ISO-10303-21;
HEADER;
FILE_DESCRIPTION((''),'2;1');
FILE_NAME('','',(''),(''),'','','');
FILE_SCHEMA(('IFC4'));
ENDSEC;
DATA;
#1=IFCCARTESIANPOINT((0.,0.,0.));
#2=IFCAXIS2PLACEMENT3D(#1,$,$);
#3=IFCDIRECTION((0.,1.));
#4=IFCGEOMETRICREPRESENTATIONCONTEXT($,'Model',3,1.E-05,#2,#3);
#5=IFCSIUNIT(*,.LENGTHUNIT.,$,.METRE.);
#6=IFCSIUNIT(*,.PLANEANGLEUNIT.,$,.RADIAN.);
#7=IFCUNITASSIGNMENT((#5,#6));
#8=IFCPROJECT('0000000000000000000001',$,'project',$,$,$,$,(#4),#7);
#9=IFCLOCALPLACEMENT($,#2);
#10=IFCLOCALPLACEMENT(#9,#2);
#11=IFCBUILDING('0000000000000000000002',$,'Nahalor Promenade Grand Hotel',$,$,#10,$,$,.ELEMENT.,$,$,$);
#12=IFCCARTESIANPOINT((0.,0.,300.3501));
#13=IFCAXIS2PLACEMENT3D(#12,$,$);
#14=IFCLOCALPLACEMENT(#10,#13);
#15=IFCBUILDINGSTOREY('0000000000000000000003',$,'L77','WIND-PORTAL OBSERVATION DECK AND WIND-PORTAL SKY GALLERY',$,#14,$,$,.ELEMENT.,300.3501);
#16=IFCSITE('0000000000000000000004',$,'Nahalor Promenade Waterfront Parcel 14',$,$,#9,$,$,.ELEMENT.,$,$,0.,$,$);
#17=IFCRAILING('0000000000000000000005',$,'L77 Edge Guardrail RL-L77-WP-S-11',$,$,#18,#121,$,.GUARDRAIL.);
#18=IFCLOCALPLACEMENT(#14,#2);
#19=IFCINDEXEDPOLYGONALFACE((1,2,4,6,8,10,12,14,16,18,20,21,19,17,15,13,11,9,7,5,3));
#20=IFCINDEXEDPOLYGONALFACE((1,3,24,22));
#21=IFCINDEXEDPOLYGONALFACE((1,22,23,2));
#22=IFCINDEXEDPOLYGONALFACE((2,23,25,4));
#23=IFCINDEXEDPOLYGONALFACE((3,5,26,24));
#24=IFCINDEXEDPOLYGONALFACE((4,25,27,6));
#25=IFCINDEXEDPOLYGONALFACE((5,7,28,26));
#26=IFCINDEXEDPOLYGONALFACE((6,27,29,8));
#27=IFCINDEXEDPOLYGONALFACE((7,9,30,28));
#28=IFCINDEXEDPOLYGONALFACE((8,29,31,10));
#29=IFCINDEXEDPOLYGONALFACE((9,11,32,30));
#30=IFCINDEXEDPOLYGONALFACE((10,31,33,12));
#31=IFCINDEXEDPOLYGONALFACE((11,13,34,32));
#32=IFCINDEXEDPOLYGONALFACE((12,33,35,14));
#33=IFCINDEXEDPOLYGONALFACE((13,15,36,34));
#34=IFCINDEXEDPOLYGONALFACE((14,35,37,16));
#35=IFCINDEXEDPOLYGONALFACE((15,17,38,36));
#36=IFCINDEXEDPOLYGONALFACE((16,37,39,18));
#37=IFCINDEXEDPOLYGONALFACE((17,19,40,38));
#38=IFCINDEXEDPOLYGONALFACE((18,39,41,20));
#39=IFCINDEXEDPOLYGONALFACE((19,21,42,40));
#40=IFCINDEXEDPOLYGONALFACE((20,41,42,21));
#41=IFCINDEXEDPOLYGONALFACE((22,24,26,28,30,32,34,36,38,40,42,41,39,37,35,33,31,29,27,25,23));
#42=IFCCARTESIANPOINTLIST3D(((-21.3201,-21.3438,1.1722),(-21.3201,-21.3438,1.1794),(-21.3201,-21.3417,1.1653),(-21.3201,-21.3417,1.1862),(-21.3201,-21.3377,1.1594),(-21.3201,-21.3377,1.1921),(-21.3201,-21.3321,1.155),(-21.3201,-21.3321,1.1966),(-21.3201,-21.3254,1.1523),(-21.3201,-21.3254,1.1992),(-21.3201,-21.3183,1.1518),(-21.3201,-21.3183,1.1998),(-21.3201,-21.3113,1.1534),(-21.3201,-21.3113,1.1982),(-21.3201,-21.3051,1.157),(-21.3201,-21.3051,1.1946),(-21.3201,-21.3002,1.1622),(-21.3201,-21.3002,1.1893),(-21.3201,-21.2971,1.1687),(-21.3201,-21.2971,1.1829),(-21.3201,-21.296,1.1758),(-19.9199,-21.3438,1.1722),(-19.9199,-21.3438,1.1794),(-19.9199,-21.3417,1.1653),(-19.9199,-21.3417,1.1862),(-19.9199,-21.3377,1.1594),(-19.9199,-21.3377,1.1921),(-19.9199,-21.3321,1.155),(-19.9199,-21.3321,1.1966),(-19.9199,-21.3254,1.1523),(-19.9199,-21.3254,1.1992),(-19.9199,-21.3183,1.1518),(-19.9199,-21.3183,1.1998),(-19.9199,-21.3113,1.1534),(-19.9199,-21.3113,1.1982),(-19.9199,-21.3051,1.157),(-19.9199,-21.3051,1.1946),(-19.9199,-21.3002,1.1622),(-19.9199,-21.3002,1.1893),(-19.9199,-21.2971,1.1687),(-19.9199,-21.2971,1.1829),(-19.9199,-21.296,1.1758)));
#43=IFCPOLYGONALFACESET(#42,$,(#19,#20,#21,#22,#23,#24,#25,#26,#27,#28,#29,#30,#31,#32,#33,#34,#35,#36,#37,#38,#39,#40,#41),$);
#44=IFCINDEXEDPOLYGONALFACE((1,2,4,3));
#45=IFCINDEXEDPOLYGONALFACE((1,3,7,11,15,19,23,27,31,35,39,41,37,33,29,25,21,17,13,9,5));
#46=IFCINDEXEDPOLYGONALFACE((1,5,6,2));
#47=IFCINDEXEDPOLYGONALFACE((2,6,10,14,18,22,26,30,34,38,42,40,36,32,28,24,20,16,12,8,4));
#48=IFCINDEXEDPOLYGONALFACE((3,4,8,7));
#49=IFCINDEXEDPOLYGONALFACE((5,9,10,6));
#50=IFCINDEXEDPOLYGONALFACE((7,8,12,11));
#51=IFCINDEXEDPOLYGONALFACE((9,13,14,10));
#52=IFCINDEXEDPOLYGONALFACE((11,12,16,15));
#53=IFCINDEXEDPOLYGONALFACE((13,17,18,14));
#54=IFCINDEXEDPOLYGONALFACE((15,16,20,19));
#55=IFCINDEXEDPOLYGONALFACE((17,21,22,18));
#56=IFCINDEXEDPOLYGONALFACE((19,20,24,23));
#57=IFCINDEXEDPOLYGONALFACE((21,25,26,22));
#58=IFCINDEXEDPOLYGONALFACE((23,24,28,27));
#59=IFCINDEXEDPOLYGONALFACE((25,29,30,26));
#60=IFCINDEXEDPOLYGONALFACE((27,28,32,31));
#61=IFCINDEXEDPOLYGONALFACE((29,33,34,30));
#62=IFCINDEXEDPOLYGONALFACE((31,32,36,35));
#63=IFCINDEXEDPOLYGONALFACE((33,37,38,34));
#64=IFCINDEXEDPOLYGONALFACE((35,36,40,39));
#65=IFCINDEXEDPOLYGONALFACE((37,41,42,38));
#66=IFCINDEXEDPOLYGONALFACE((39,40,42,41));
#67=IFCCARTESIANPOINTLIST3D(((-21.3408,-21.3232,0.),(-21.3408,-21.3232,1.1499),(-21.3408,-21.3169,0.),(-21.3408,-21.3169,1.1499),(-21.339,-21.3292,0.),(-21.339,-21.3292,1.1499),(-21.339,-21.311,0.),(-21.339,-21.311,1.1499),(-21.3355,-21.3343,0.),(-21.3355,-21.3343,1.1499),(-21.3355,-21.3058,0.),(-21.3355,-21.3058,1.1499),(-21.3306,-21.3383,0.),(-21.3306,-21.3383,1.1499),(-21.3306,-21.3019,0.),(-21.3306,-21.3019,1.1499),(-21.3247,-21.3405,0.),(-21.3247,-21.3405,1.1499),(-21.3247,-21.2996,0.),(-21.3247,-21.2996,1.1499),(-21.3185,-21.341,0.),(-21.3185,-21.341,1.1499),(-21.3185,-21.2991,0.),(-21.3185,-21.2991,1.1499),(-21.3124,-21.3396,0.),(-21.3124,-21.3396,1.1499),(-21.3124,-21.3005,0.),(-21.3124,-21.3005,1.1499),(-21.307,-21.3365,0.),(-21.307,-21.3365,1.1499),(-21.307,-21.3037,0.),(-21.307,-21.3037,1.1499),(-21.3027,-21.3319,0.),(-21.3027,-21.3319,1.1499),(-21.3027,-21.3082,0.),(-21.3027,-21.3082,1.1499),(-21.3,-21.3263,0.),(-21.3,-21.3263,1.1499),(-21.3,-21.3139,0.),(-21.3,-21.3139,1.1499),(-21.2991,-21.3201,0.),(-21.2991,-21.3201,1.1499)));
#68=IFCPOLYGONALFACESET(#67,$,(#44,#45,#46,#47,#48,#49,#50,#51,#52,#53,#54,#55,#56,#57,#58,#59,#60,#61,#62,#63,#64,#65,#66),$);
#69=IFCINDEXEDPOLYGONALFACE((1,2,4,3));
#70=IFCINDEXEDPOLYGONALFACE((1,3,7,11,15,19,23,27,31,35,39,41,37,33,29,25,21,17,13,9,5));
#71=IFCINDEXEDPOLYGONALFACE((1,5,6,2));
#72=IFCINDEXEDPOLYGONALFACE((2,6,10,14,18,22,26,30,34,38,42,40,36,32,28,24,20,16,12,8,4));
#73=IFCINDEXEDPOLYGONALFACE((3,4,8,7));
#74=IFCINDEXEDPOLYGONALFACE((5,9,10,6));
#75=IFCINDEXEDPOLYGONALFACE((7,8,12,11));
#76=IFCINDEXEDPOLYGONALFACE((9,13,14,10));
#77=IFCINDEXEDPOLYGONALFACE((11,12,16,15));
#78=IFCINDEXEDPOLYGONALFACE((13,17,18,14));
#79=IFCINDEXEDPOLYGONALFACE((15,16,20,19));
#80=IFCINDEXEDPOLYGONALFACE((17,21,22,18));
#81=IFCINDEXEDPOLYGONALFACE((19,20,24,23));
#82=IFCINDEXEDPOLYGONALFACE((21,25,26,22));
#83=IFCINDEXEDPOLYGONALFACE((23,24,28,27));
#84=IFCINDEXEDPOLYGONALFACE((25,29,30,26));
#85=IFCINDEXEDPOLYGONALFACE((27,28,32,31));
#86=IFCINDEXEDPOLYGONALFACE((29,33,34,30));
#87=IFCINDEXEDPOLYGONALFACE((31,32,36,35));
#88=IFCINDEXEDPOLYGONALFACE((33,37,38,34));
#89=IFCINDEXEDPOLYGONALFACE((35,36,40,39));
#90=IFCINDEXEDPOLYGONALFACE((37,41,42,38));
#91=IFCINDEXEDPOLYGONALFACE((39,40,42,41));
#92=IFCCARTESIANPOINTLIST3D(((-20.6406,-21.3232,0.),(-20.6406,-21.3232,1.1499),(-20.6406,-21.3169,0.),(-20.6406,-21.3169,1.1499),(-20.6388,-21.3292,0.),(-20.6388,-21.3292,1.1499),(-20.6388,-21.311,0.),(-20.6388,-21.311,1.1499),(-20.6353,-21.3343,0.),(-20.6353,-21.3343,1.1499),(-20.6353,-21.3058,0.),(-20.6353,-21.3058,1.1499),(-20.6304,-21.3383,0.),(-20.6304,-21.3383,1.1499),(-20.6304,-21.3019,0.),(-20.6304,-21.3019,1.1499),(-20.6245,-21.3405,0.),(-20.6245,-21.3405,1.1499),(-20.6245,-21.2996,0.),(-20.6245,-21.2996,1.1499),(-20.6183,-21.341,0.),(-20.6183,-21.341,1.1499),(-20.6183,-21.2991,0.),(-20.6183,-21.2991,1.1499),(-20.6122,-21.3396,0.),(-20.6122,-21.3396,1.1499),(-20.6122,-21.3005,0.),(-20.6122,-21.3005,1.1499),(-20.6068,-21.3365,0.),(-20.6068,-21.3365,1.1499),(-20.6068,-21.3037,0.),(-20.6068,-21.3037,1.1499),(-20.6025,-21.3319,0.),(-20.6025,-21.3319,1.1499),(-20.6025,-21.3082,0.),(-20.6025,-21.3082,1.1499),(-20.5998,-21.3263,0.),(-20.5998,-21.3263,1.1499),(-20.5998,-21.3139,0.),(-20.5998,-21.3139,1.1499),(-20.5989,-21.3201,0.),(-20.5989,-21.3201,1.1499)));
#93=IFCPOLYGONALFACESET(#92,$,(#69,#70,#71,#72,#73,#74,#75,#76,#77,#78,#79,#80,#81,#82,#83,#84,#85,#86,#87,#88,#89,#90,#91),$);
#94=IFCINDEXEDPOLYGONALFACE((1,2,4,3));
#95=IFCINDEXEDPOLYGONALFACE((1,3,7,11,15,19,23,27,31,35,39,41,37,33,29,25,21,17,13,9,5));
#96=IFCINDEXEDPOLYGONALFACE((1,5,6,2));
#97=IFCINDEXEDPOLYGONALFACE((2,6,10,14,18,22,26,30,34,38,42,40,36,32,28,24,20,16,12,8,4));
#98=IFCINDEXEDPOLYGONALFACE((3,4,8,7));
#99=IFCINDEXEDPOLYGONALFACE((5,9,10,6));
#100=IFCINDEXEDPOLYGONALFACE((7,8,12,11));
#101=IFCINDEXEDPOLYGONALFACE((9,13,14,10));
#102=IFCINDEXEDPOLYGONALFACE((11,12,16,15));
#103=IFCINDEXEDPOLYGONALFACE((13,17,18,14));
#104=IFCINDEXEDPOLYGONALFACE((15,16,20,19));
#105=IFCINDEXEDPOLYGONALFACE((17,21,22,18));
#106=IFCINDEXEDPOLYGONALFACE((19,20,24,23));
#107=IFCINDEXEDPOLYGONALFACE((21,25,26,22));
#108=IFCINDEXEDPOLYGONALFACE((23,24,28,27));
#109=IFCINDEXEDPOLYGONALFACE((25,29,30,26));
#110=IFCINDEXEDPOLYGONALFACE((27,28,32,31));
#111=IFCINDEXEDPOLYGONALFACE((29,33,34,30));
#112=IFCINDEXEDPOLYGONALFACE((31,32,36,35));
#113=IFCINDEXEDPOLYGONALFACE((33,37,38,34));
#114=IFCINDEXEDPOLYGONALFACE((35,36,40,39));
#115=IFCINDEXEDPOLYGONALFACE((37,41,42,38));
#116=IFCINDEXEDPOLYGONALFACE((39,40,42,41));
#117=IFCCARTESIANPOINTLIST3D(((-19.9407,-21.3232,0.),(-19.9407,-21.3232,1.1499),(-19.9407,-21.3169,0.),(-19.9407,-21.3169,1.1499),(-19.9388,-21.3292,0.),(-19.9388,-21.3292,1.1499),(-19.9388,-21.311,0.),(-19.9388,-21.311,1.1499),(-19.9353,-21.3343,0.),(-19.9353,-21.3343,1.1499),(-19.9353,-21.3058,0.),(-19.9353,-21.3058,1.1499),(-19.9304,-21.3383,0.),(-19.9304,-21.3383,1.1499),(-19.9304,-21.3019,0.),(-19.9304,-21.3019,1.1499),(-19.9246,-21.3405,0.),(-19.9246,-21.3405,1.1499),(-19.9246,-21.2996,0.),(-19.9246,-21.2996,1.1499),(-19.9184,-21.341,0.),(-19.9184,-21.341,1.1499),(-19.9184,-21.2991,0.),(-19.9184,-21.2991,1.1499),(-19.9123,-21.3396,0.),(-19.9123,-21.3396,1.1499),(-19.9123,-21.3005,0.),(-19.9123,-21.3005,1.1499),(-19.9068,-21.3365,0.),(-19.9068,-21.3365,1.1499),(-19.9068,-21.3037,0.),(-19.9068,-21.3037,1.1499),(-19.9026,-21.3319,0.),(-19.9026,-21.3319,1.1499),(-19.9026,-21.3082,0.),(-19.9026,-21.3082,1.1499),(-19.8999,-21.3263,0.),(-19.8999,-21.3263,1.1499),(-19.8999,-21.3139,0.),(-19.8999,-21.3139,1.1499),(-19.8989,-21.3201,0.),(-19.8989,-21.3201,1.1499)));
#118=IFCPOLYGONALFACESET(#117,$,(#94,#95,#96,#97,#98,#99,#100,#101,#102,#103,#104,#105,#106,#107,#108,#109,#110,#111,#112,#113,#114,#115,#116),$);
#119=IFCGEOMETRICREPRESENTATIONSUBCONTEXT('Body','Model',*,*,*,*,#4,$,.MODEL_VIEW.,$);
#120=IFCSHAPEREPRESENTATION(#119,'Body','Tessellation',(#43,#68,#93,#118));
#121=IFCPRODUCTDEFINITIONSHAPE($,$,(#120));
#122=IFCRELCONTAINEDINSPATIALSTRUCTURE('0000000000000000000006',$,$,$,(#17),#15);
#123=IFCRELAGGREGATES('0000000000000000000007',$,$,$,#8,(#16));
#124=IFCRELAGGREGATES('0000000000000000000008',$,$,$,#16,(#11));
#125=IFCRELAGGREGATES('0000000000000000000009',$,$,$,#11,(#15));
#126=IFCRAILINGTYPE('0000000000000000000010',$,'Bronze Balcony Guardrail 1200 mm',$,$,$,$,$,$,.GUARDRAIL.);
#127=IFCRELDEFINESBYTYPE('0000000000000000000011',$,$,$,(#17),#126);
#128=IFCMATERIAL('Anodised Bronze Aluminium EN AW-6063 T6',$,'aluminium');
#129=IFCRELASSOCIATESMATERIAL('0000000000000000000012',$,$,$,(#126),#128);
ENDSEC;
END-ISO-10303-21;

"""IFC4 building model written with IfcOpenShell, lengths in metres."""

from ifc_helpers import new_model, si_unit, direction, frame, origin, origin_2d, place, context, subcontext, project, spatial, circle, extrude, material, type_object, element, save


model = new_model("IFC4")

# Units and contexts
model_context = context("Model", 3, precision=1e-05, world=origin(), true_north=direction((0.0, 1.0)))
body_context = subcontext(model_context, "Body", "Model", "MODEL_VIEW")
ifc_project = project(units=[si_unit("LENGTHUNIT", "METRE"), si_unit("PLANEANGLEUNIT", "RADIAN")], contexts=[model_context])

# Site, building, storey
site_placement = place(None, origin())
site = spatial("IfcSite", under=ifc_project, at=site_placement, Name="Nahalor Promenade Waterfront Parcel 14", CompositionType="ELEMENT", RefElevation=0.0)
building_placement = place(site_placement, origin())
building = spatial("IfcBuilding", under=site, at=building_placement, Name="Nahalor Promenade Grand Hotel", CompositionType="ELEMENT")
storey_placement = place(building_placement, frame((0.0, 0.0, 300.3501)))
storey = spatial("IfcBuildingStorey", under=building, at=storey_placement, Name="L77", Description="WIND-PORTAL OBSERVATION DECK AND WIND-PORTAL SKY GALLERY", CompositionType="ELEMENT", Elevation=300.3501)

# Railing
ifc_material_1 = material(Name="Anodised Bronze Aluminium EN AW-6063 T6", Category="aluminium")
railing_type = type_object("IfcRailingType", Name="Bronze Balcony Guardrail 1200 mm", PredefinedType="GUARDRAIL", material=ifc_material_1)
railing_1_placement = place(storey_placement, frame((-21.3201, -21.3201, 0.0)))
element("IfcRailing", 1, at=railing_1_placement, inside=storey, type_object=railing_type, Name="L77 Edge Guardrail RL-L77-WP-S-11", PredefinedType="GUARDRAIL", context=body_context, shape_type="SweptSolid", body=[
    extrude(circle(Radius=0.024, at=origin_2d()), frame((0.0, 0.0, 1.1758), z_axis=(1.0, 0.0, 0.0), x_axis=(0.0, 1.0, 0.0)), (0.0, 0.0, 1.0), 1.4001),
    extrude(circle(Radius=0.021, at=origin_2d()), origin(), (0.0, 0.0, 1.0), 1.1499),
    extrude(circle(Radius=0.021, at=origin_2d()), frame((0.7002, 0.0, 0.0)), (0.0, 0.0, 1.0), 1.1499),
    extrude(circle(Radius=0.021, at=origin_2d()), frame((1.4001, 0.0, 0.0)), (0.0, 0.0, 1.0), 1.1499),
])

save(model, "model.ifc")
